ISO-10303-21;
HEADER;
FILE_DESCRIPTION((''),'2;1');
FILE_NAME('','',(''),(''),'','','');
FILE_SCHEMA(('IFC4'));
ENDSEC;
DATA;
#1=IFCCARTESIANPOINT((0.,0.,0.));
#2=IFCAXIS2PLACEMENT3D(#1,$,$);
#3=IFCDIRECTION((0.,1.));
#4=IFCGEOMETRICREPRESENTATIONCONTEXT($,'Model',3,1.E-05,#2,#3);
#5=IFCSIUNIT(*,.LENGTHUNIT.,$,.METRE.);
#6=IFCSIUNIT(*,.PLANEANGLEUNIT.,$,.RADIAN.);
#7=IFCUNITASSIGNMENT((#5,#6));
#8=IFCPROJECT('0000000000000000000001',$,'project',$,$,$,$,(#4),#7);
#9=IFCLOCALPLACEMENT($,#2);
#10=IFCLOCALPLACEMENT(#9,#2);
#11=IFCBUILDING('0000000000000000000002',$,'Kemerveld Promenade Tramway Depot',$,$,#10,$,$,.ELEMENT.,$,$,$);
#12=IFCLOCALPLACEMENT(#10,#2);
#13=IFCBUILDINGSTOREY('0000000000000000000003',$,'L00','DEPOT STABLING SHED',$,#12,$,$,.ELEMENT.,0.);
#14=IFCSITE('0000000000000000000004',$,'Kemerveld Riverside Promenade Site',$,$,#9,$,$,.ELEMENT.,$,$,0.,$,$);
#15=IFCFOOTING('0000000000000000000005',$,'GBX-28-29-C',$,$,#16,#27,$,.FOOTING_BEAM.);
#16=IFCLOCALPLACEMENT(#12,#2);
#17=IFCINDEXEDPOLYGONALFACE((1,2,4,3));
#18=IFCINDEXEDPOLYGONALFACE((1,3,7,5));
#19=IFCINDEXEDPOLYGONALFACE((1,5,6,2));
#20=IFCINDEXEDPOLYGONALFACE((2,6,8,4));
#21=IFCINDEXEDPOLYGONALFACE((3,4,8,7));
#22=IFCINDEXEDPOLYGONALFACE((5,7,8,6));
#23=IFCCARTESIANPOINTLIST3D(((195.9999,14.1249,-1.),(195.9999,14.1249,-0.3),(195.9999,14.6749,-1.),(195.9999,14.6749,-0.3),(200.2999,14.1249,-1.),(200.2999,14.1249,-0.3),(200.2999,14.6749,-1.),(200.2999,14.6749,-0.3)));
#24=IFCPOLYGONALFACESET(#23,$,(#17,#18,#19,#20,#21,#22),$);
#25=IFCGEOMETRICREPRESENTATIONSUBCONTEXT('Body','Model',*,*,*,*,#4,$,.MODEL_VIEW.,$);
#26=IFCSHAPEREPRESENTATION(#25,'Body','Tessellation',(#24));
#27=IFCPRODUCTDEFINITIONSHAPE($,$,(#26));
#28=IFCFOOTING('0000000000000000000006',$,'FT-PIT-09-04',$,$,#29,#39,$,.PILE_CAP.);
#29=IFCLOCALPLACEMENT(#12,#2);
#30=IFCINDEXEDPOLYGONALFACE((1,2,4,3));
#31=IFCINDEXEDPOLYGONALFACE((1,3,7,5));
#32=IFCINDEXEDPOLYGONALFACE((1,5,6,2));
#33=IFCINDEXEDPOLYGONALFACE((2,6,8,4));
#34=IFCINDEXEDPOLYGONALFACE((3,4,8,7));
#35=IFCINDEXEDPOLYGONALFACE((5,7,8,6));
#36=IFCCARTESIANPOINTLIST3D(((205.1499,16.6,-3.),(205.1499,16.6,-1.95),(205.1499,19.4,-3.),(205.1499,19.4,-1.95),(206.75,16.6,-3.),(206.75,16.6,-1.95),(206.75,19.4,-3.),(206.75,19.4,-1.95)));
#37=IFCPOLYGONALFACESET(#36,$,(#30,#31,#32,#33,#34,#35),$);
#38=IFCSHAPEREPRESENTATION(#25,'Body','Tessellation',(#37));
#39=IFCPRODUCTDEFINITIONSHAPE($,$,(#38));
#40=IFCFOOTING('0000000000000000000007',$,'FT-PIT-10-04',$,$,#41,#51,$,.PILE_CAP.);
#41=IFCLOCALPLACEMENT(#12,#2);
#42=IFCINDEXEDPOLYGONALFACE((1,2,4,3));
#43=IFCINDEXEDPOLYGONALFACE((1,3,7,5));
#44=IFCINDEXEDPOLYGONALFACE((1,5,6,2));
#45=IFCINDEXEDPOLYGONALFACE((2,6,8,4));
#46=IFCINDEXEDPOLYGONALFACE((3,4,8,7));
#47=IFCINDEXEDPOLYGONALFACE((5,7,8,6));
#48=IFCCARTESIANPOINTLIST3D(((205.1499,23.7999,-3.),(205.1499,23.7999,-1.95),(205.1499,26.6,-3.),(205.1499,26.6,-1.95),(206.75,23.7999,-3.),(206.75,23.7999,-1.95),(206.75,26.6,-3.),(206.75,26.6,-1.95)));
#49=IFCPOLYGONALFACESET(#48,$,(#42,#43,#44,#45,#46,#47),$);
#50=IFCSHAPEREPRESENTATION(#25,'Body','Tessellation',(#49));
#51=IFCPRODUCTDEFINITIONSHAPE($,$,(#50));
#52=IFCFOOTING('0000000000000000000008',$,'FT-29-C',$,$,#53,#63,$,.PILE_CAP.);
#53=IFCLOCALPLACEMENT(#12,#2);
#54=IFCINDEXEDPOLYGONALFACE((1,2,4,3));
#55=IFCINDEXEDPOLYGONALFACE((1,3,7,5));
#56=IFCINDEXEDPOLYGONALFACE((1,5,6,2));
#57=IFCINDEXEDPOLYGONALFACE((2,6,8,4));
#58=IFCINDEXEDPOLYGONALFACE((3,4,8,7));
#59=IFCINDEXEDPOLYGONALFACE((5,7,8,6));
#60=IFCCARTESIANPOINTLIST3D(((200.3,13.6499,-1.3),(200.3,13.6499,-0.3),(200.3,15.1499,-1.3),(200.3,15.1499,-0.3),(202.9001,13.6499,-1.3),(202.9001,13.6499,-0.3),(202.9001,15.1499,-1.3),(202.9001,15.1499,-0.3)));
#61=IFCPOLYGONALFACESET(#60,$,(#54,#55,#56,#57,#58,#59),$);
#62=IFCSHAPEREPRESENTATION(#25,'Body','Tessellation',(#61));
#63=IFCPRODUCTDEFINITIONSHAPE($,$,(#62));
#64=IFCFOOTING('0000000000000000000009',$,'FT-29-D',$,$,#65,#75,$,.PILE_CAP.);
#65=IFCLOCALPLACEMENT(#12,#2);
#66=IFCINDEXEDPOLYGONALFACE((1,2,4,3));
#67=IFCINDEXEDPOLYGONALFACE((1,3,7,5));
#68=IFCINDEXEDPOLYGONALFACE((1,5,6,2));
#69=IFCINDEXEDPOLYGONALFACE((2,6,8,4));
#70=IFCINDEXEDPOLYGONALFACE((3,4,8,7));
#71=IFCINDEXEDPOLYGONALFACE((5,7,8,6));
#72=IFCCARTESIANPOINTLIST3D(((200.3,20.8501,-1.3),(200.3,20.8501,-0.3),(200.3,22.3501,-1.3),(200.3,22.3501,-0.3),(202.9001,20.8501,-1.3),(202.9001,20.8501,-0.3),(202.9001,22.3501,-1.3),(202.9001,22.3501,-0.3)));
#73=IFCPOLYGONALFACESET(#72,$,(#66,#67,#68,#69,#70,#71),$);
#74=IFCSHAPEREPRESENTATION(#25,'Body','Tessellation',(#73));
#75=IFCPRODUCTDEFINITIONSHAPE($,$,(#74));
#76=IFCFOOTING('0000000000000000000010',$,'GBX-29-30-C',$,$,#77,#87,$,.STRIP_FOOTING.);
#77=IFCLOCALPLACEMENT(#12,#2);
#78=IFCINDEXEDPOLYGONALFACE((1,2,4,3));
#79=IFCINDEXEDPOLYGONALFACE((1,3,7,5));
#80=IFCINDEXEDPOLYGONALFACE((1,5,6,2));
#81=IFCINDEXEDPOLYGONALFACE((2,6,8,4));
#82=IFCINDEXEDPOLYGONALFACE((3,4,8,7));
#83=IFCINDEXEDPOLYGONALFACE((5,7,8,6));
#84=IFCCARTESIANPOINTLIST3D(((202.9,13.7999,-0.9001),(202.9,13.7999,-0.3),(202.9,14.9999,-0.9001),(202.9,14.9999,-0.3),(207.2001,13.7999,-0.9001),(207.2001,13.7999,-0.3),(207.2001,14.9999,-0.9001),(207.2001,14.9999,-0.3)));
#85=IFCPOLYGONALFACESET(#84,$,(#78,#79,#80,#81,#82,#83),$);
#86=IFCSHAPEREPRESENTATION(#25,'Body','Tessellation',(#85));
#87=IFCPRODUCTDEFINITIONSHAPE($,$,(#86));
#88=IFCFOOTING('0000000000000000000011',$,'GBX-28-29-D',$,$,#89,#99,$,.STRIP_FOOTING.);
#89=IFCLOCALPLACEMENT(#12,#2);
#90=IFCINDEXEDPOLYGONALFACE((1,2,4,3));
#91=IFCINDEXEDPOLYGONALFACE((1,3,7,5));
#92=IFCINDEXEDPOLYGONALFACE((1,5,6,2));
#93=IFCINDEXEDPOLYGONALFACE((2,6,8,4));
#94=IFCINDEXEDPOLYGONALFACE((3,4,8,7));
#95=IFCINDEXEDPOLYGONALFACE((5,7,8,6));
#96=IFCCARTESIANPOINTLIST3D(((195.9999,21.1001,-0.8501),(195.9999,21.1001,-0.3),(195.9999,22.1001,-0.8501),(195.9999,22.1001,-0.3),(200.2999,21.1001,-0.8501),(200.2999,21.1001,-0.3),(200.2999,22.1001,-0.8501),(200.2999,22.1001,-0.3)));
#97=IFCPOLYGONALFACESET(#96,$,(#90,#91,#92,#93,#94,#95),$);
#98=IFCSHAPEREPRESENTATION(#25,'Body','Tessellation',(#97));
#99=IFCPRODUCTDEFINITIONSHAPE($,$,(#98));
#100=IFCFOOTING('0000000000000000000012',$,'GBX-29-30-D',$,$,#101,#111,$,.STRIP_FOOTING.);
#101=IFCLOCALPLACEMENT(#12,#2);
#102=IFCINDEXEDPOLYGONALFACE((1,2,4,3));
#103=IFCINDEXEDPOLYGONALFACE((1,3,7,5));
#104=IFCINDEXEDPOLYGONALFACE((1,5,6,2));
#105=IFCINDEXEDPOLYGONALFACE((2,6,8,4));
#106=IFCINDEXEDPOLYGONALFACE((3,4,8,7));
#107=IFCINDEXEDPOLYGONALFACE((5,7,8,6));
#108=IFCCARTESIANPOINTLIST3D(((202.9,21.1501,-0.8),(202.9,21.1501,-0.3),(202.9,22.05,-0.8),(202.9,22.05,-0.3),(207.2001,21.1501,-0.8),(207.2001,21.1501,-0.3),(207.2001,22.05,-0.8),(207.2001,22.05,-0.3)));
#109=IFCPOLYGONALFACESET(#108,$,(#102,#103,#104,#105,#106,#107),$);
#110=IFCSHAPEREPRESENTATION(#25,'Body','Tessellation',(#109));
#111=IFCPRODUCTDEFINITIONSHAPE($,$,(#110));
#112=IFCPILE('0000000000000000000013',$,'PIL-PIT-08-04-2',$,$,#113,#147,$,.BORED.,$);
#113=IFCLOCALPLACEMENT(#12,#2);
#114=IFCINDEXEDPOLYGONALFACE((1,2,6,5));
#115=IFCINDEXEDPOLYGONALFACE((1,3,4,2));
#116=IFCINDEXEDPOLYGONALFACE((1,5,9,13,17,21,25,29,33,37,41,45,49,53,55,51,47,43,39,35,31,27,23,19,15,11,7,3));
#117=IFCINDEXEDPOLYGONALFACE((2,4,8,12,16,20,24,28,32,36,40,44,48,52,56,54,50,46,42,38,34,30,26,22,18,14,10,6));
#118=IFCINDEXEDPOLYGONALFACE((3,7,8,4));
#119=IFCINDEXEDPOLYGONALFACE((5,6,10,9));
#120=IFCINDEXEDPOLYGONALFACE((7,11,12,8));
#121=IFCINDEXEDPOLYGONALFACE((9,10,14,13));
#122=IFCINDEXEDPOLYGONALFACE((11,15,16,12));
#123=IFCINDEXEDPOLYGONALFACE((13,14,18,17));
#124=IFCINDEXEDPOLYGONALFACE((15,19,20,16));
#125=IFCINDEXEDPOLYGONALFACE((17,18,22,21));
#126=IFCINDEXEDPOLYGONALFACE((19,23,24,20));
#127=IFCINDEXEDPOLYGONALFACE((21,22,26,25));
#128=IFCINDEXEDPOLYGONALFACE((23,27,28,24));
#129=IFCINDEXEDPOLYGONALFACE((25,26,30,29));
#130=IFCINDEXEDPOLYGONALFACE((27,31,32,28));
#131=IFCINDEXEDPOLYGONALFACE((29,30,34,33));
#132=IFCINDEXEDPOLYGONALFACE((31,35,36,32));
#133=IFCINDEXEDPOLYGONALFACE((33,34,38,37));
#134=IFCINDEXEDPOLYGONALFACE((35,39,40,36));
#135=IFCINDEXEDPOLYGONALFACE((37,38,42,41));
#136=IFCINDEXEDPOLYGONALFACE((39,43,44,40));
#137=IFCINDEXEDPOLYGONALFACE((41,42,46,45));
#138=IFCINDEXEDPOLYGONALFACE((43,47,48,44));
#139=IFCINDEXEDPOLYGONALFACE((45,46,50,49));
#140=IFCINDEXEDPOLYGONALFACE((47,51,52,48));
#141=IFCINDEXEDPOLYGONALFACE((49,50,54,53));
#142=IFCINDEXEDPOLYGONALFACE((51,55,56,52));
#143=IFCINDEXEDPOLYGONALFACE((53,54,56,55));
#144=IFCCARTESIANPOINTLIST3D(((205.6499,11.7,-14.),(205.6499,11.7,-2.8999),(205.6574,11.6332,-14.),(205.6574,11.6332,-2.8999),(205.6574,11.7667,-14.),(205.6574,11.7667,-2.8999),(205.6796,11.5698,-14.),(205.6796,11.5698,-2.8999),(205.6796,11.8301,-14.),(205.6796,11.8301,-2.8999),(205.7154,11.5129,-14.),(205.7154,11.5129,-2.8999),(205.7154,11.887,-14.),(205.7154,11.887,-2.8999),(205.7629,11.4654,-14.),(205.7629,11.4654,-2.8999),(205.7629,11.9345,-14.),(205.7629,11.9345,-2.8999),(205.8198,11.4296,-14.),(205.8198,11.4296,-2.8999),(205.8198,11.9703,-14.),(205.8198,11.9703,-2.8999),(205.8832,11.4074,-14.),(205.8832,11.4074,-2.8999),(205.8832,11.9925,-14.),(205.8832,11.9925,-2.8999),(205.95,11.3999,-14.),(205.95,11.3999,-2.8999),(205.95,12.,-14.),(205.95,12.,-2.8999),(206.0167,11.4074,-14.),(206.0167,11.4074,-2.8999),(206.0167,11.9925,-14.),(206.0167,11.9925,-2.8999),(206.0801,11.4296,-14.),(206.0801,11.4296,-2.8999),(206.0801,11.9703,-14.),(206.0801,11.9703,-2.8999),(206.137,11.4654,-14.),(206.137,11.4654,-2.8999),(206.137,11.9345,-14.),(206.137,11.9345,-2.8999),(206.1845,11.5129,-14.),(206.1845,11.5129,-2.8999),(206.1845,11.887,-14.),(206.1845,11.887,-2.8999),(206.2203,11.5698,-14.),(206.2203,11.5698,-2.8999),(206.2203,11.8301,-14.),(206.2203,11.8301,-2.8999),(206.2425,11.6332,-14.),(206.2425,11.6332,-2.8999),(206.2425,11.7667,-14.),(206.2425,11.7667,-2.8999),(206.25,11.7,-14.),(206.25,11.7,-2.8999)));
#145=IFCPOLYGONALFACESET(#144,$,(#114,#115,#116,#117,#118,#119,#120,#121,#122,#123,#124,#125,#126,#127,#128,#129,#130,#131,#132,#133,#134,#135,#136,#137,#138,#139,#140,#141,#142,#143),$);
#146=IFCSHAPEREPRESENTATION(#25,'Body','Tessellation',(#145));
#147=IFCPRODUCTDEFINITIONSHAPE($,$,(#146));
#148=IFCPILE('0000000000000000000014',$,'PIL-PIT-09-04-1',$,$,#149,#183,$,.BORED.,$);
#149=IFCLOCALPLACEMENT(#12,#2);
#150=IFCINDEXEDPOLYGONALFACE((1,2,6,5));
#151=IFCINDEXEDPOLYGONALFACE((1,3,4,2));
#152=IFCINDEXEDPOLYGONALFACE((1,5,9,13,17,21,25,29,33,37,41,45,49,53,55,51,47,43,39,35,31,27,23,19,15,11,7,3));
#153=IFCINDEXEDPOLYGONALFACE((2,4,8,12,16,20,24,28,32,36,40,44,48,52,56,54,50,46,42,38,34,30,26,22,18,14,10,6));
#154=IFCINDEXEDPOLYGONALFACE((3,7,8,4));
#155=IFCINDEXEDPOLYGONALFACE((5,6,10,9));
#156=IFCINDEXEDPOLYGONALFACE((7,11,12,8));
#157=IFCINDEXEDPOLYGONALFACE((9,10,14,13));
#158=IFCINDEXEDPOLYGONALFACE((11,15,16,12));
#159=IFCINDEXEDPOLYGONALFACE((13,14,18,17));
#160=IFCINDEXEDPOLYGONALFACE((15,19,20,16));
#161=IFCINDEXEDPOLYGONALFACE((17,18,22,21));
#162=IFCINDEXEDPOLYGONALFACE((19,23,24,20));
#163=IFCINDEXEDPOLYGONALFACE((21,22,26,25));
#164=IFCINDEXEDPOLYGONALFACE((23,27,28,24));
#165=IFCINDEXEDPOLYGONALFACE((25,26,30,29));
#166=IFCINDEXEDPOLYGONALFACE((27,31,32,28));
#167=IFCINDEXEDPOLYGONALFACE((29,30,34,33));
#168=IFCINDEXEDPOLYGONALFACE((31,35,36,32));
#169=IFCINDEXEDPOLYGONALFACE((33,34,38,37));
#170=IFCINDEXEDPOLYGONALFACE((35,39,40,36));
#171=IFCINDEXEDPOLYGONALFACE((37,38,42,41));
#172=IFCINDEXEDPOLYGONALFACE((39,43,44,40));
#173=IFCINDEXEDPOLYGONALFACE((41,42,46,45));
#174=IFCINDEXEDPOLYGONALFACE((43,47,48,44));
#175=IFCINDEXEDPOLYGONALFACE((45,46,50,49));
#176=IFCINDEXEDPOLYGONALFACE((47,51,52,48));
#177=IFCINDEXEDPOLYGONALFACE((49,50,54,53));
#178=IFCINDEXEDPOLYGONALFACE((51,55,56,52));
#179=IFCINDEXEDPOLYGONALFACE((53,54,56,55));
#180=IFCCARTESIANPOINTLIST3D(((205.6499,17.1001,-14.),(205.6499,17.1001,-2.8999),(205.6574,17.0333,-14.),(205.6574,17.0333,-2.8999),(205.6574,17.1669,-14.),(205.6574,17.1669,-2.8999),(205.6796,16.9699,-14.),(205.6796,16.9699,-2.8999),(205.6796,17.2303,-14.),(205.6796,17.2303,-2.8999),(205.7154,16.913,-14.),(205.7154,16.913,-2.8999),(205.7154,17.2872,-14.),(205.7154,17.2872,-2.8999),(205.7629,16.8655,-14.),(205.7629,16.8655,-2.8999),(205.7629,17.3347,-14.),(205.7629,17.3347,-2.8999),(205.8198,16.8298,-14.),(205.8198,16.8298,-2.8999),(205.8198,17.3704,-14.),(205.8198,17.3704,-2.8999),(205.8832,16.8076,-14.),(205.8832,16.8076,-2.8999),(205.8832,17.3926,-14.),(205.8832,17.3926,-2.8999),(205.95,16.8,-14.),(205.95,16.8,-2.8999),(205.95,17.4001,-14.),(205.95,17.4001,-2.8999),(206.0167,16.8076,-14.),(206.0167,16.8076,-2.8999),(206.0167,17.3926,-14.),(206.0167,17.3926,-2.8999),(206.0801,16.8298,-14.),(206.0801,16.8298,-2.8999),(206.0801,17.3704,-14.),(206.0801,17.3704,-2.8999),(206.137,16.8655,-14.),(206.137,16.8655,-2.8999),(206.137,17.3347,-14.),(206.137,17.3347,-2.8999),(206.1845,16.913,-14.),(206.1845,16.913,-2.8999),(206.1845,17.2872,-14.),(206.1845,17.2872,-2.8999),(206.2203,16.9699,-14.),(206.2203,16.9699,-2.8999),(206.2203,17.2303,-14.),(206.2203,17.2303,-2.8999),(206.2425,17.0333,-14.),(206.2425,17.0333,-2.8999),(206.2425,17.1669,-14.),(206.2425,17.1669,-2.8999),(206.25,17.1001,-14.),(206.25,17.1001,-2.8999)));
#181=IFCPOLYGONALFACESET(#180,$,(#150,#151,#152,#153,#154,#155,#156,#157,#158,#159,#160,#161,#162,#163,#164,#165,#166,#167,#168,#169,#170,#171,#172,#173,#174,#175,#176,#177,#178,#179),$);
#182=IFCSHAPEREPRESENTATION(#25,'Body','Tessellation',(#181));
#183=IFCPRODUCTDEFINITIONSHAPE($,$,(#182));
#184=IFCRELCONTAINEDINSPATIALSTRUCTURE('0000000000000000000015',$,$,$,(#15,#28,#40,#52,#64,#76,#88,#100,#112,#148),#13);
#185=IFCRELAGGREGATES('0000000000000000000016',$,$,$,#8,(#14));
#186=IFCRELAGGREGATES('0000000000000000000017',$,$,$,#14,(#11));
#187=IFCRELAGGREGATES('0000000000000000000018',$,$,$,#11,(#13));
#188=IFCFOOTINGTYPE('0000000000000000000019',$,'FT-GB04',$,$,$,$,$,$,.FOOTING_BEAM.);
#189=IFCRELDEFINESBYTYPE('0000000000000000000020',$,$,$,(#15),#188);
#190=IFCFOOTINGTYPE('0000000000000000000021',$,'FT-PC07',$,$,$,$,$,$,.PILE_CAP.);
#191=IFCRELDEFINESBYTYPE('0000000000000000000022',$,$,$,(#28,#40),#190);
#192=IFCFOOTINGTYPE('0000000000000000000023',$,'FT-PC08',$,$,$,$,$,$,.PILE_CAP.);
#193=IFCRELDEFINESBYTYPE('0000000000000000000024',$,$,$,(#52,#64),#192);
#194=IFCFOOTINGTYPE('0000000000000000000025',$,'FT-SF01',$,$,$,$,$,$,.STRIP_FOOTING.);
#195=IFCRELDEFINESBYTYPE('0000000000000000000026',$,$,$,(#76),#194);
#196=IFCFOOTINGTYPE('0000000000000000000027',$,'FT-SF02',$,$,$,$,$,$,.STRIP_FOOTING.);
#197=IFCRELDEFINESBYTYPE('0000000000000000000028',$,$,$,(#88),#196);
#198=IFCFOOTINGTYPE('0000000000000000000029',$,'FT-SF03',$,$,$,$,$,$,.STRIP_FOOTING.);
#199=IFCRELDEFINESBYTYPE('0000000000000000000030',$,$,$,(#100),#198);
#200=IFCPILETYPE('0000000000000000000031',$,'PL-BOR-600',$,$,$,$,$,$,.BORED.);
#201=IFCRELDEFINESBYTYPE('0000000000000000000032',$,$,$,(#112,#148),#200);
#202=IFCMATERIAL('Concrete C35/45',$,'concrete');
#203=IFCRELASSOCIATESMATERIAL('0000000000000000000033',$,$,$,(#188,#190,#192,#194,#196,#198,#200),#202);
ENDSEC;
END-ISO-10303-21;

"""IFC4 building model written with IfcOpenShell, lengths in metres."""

from ifc_helpers import new_model, si_unit, direction, frame, origin, origin_2d, place, context, subcontext, project, spatial, rectangle, circle, extrude, material, material_profile, profile_set, type_object, element, save


model = new_model("IFC4")

# Units and contexts
model_context = context("Model", 3, precision=1e-05, world=origin(), true_north=direction((0.0, 1.0)))
body_context = subcontext(model_context, "Body", "Model", "MODEL_VIEW")
ifc_project = project(units=[si_unit("LENGTHUNIT", "METRE"), si_unit("PLANEANGLEUNIT", "RADIAN")], contexts=[model_context])

# Site, building, storey
site_placement = place(None, origin())
site = spatial("IfcSite", under=ifc_project, at=site_placement, Name="Kemerveld Riverside Promenade Site", CompositionType="ELEMENT", RefElevation=0.0)
building_placement = place(site_placement, origin())
building = spatial("IfcBuilding", under=site, at=building_placement, Name="Kemerveld Promenade Tramway Depot", CompositionType="ELEMENT")
storey_placement = place(building_placement, origin())
storey = spatial("IfcBuildingStorey", under=building, at=storey_placement, Name="L00", Description="DEPOT STABLING SHED", CompositionType="ELEMENT", Elevation=0.0)

# Footings
ifc_material_1 = material(Name="Concrete C35/45", Category="concrete")
footing_type_1 = type_object("IfcFootingType", Name="FT-GB04", PredefinedType="FOOTING_BEAM", material=ifc_material_1)
footing_1_placement = place(storey_placement, frame((198.1499, 14.3999, -1.0), z_axis=(0.0, 0.0, 1.0), x_axis=(1.0, 0.0, 0.0)))
element("IfcFooting", 1, at=footing_1_placement, inside=storey, type_object=footing_type_1, Name="GBX-28-29-C", PredefinedType="FOOTING_BEAM", context=body_context, shape_type="SweptSolid", body=[
    extrude(rectangle(XDim=4.3, YDim=0.55, at=origin_2d()), origin(), (0.0, 0.0, 1.0), 0.7),
])
footing_type_2 = type_object("IfcFootingType", Name="FT-PC07", PredefinedType="PILE_CAP", material=ifc_material_1)
for number, where, z_axis, x_axis, name in (
    (2, (205.95, 18.0, -3.0), (0.0, 0.0, 1.0), (1.0, 0.0, 0.0), "FT-PIT-09-04"),
    (3, (205.95, 25.2, -3.0), (0.0, 0.0, 1.0), (1.0, 0.0, 0.0), "FT-PIT-10-04"),
):
    element("IfcFooting", number, at=place(storey_placement, frame(where, z_axis=z_axis, x_axis=x_axis)), inside=storey, type_object=footing_type_2, Name=name, PredefinedType="PILE_CAP", context=body_context, shape_type="SweptSolid", body=[
        extrude(rectangle(XDim=1.6001, YDim=2.8, at=origin_2d()), origin(), (0.0, 0.0, 1.0), 1.05),
    ])
footing_type_3 = type_object("IfcFootingType", Name="FT-PC08", PredefinedType="PILE_CAP", material=ifc_material_1)
for number, where, z_axis, x_axis, name in (
    (4, (201.6001, 14.3999, -1.3), (0.0, 0.0, 1.0), (1.0, 0.0, 0.0), "FT-29-C"),
    (5, (201.6001, 21.6001, -1.3), (0.0, 0.0, 1.0), (1.0, 0.0, 0.0), "FT-29-D"),
):
    element("IfcFooting", number, at=place(storey_placement, frame(where, z_axis=z_axis, x_axis=x_axis)), inside=storey, type_object=footing_type_3, Name=name, PredefinedType="PILE_CAP", context=body_context, shape_type="SweptSolid", body=[
        extrude(rectangle(XDim=2.6001, YDim=1.5, at=origin_2d()), origin(), (0.0, 0.0, 1.0), 1.0),
    ])
footing_type_4 = type_object("IfcFootingType", Name="FT-SF01", PredefinedType="STRIP_FOOTING", material=ifc_material_1)
footing_2_placement = place(storey_placement, frame((205.05, 14.3999, -0.9001), z_axis=(0.0, 0.0, 1.0), x_axis=(1.0, 0.0, 0.0)))
element("IfcFooting", 6, at=footing_2_placement, inside=storey, type_object=footing_type_4, Name="GBX-29-30-C", PredefinedType="STRIP_FOOTING", context=body_context, shape_type="SweptSolid", body=[
    extrude(rectangle(XDim=4.3, YDim=1.2, at=origin_2d()), origin(), (0.0, 0.0, 1.0), 0.6001),
])
footing_type_5 = type_object("IfcFootingType", Name="FT-SF02", PredefinedType="STRIP_FOOTING", material=ifc_material_1)
footing_3_placement = place(storey_placement, frame((198.1499, 21.6001, -0.8501), z_axis=(0.0, 0.0, 1.0), x_axis=(1.0, 0.0, 0.0)))
element("IfcFooting", 7, at=footing_3_placement, inside=storey, type_object=footing_type_5, Name="GBX-28-29-D", PredefinedType="STRIP_FOOTING", context=body_context, shape_type="SweptSolid", body=[
    extrude(rectangle(XDim=4.3, YDim=1.0, at=origin_2d()), origin(), (0.0, 0.0, 1.0), 0.55),
])
footing_type_6 = type_object("IfcFootingType", Name="FT-SF03", PredefinedType="STRIP_FOOTING", material=ifc_material_1)
footing_4_placement = place(storey_placement, frame((205.05, 21.6001, -0.8), z_axis=(0.0, 0.0, 1.0), x_axis=(1.0, 0.0, 0.0)))
element("IfcFooting", 8, at=footing_4_placement, inside=storey, type_object=footing_type_6, Name="GBX-29-30-D", PredefinedType="STRIP_FOOTING", context=body_context, shape_type="SweptSolid", body=[
    extrude(rectangle(XDim=4.3, YDim=0.8999, at=origin_2d()), origin(), (0.0, 0.0, 1.0), 0.5),
])

# Piles
ifc_material_profile_1 = material_profile(ifc_material_1, circle(Radius=0.3, at=origin_2d()), Name="PILE-D600")
ifc_profile_set_1 = profile_set([ifc_material_profile_1], Name="Concrete C35/45")
pile_type_1 = type_object("IfcPileType", Name="PL-BOR-600", PredefinedType="BORED", material=ifc_profile_set_1)
for number, where, z_axis, x_axis, name in (
    (9, (205.95, 11.7, -2.8999), (0.0, 0.0, -1.0), (1.0, 0.0, 0.0), "PIL-PIT-08-04-2"),
    (10, (205.95, 17.1001, -2.8999), (0.0, 0.0, -1.0), (1.0, 0.0, 0.0), "PIL-PIT-09-04-1"),
):
    element("IfcPile", number, at=place(storey_placement, frame(where, z_axis=z_axis, x_axis=x_axis)), inside=storey, type_object=pile_type_1, Name=name, PredefinedType="BORED", context=body_context, shape_type="SweptSolid", body=[
        extrude(circle(Radius=0.3, at=origin_2d()), origin(), (0.0, 0.0, 1.0), 11.1001),
    ])

save(model, "model.ifc")
